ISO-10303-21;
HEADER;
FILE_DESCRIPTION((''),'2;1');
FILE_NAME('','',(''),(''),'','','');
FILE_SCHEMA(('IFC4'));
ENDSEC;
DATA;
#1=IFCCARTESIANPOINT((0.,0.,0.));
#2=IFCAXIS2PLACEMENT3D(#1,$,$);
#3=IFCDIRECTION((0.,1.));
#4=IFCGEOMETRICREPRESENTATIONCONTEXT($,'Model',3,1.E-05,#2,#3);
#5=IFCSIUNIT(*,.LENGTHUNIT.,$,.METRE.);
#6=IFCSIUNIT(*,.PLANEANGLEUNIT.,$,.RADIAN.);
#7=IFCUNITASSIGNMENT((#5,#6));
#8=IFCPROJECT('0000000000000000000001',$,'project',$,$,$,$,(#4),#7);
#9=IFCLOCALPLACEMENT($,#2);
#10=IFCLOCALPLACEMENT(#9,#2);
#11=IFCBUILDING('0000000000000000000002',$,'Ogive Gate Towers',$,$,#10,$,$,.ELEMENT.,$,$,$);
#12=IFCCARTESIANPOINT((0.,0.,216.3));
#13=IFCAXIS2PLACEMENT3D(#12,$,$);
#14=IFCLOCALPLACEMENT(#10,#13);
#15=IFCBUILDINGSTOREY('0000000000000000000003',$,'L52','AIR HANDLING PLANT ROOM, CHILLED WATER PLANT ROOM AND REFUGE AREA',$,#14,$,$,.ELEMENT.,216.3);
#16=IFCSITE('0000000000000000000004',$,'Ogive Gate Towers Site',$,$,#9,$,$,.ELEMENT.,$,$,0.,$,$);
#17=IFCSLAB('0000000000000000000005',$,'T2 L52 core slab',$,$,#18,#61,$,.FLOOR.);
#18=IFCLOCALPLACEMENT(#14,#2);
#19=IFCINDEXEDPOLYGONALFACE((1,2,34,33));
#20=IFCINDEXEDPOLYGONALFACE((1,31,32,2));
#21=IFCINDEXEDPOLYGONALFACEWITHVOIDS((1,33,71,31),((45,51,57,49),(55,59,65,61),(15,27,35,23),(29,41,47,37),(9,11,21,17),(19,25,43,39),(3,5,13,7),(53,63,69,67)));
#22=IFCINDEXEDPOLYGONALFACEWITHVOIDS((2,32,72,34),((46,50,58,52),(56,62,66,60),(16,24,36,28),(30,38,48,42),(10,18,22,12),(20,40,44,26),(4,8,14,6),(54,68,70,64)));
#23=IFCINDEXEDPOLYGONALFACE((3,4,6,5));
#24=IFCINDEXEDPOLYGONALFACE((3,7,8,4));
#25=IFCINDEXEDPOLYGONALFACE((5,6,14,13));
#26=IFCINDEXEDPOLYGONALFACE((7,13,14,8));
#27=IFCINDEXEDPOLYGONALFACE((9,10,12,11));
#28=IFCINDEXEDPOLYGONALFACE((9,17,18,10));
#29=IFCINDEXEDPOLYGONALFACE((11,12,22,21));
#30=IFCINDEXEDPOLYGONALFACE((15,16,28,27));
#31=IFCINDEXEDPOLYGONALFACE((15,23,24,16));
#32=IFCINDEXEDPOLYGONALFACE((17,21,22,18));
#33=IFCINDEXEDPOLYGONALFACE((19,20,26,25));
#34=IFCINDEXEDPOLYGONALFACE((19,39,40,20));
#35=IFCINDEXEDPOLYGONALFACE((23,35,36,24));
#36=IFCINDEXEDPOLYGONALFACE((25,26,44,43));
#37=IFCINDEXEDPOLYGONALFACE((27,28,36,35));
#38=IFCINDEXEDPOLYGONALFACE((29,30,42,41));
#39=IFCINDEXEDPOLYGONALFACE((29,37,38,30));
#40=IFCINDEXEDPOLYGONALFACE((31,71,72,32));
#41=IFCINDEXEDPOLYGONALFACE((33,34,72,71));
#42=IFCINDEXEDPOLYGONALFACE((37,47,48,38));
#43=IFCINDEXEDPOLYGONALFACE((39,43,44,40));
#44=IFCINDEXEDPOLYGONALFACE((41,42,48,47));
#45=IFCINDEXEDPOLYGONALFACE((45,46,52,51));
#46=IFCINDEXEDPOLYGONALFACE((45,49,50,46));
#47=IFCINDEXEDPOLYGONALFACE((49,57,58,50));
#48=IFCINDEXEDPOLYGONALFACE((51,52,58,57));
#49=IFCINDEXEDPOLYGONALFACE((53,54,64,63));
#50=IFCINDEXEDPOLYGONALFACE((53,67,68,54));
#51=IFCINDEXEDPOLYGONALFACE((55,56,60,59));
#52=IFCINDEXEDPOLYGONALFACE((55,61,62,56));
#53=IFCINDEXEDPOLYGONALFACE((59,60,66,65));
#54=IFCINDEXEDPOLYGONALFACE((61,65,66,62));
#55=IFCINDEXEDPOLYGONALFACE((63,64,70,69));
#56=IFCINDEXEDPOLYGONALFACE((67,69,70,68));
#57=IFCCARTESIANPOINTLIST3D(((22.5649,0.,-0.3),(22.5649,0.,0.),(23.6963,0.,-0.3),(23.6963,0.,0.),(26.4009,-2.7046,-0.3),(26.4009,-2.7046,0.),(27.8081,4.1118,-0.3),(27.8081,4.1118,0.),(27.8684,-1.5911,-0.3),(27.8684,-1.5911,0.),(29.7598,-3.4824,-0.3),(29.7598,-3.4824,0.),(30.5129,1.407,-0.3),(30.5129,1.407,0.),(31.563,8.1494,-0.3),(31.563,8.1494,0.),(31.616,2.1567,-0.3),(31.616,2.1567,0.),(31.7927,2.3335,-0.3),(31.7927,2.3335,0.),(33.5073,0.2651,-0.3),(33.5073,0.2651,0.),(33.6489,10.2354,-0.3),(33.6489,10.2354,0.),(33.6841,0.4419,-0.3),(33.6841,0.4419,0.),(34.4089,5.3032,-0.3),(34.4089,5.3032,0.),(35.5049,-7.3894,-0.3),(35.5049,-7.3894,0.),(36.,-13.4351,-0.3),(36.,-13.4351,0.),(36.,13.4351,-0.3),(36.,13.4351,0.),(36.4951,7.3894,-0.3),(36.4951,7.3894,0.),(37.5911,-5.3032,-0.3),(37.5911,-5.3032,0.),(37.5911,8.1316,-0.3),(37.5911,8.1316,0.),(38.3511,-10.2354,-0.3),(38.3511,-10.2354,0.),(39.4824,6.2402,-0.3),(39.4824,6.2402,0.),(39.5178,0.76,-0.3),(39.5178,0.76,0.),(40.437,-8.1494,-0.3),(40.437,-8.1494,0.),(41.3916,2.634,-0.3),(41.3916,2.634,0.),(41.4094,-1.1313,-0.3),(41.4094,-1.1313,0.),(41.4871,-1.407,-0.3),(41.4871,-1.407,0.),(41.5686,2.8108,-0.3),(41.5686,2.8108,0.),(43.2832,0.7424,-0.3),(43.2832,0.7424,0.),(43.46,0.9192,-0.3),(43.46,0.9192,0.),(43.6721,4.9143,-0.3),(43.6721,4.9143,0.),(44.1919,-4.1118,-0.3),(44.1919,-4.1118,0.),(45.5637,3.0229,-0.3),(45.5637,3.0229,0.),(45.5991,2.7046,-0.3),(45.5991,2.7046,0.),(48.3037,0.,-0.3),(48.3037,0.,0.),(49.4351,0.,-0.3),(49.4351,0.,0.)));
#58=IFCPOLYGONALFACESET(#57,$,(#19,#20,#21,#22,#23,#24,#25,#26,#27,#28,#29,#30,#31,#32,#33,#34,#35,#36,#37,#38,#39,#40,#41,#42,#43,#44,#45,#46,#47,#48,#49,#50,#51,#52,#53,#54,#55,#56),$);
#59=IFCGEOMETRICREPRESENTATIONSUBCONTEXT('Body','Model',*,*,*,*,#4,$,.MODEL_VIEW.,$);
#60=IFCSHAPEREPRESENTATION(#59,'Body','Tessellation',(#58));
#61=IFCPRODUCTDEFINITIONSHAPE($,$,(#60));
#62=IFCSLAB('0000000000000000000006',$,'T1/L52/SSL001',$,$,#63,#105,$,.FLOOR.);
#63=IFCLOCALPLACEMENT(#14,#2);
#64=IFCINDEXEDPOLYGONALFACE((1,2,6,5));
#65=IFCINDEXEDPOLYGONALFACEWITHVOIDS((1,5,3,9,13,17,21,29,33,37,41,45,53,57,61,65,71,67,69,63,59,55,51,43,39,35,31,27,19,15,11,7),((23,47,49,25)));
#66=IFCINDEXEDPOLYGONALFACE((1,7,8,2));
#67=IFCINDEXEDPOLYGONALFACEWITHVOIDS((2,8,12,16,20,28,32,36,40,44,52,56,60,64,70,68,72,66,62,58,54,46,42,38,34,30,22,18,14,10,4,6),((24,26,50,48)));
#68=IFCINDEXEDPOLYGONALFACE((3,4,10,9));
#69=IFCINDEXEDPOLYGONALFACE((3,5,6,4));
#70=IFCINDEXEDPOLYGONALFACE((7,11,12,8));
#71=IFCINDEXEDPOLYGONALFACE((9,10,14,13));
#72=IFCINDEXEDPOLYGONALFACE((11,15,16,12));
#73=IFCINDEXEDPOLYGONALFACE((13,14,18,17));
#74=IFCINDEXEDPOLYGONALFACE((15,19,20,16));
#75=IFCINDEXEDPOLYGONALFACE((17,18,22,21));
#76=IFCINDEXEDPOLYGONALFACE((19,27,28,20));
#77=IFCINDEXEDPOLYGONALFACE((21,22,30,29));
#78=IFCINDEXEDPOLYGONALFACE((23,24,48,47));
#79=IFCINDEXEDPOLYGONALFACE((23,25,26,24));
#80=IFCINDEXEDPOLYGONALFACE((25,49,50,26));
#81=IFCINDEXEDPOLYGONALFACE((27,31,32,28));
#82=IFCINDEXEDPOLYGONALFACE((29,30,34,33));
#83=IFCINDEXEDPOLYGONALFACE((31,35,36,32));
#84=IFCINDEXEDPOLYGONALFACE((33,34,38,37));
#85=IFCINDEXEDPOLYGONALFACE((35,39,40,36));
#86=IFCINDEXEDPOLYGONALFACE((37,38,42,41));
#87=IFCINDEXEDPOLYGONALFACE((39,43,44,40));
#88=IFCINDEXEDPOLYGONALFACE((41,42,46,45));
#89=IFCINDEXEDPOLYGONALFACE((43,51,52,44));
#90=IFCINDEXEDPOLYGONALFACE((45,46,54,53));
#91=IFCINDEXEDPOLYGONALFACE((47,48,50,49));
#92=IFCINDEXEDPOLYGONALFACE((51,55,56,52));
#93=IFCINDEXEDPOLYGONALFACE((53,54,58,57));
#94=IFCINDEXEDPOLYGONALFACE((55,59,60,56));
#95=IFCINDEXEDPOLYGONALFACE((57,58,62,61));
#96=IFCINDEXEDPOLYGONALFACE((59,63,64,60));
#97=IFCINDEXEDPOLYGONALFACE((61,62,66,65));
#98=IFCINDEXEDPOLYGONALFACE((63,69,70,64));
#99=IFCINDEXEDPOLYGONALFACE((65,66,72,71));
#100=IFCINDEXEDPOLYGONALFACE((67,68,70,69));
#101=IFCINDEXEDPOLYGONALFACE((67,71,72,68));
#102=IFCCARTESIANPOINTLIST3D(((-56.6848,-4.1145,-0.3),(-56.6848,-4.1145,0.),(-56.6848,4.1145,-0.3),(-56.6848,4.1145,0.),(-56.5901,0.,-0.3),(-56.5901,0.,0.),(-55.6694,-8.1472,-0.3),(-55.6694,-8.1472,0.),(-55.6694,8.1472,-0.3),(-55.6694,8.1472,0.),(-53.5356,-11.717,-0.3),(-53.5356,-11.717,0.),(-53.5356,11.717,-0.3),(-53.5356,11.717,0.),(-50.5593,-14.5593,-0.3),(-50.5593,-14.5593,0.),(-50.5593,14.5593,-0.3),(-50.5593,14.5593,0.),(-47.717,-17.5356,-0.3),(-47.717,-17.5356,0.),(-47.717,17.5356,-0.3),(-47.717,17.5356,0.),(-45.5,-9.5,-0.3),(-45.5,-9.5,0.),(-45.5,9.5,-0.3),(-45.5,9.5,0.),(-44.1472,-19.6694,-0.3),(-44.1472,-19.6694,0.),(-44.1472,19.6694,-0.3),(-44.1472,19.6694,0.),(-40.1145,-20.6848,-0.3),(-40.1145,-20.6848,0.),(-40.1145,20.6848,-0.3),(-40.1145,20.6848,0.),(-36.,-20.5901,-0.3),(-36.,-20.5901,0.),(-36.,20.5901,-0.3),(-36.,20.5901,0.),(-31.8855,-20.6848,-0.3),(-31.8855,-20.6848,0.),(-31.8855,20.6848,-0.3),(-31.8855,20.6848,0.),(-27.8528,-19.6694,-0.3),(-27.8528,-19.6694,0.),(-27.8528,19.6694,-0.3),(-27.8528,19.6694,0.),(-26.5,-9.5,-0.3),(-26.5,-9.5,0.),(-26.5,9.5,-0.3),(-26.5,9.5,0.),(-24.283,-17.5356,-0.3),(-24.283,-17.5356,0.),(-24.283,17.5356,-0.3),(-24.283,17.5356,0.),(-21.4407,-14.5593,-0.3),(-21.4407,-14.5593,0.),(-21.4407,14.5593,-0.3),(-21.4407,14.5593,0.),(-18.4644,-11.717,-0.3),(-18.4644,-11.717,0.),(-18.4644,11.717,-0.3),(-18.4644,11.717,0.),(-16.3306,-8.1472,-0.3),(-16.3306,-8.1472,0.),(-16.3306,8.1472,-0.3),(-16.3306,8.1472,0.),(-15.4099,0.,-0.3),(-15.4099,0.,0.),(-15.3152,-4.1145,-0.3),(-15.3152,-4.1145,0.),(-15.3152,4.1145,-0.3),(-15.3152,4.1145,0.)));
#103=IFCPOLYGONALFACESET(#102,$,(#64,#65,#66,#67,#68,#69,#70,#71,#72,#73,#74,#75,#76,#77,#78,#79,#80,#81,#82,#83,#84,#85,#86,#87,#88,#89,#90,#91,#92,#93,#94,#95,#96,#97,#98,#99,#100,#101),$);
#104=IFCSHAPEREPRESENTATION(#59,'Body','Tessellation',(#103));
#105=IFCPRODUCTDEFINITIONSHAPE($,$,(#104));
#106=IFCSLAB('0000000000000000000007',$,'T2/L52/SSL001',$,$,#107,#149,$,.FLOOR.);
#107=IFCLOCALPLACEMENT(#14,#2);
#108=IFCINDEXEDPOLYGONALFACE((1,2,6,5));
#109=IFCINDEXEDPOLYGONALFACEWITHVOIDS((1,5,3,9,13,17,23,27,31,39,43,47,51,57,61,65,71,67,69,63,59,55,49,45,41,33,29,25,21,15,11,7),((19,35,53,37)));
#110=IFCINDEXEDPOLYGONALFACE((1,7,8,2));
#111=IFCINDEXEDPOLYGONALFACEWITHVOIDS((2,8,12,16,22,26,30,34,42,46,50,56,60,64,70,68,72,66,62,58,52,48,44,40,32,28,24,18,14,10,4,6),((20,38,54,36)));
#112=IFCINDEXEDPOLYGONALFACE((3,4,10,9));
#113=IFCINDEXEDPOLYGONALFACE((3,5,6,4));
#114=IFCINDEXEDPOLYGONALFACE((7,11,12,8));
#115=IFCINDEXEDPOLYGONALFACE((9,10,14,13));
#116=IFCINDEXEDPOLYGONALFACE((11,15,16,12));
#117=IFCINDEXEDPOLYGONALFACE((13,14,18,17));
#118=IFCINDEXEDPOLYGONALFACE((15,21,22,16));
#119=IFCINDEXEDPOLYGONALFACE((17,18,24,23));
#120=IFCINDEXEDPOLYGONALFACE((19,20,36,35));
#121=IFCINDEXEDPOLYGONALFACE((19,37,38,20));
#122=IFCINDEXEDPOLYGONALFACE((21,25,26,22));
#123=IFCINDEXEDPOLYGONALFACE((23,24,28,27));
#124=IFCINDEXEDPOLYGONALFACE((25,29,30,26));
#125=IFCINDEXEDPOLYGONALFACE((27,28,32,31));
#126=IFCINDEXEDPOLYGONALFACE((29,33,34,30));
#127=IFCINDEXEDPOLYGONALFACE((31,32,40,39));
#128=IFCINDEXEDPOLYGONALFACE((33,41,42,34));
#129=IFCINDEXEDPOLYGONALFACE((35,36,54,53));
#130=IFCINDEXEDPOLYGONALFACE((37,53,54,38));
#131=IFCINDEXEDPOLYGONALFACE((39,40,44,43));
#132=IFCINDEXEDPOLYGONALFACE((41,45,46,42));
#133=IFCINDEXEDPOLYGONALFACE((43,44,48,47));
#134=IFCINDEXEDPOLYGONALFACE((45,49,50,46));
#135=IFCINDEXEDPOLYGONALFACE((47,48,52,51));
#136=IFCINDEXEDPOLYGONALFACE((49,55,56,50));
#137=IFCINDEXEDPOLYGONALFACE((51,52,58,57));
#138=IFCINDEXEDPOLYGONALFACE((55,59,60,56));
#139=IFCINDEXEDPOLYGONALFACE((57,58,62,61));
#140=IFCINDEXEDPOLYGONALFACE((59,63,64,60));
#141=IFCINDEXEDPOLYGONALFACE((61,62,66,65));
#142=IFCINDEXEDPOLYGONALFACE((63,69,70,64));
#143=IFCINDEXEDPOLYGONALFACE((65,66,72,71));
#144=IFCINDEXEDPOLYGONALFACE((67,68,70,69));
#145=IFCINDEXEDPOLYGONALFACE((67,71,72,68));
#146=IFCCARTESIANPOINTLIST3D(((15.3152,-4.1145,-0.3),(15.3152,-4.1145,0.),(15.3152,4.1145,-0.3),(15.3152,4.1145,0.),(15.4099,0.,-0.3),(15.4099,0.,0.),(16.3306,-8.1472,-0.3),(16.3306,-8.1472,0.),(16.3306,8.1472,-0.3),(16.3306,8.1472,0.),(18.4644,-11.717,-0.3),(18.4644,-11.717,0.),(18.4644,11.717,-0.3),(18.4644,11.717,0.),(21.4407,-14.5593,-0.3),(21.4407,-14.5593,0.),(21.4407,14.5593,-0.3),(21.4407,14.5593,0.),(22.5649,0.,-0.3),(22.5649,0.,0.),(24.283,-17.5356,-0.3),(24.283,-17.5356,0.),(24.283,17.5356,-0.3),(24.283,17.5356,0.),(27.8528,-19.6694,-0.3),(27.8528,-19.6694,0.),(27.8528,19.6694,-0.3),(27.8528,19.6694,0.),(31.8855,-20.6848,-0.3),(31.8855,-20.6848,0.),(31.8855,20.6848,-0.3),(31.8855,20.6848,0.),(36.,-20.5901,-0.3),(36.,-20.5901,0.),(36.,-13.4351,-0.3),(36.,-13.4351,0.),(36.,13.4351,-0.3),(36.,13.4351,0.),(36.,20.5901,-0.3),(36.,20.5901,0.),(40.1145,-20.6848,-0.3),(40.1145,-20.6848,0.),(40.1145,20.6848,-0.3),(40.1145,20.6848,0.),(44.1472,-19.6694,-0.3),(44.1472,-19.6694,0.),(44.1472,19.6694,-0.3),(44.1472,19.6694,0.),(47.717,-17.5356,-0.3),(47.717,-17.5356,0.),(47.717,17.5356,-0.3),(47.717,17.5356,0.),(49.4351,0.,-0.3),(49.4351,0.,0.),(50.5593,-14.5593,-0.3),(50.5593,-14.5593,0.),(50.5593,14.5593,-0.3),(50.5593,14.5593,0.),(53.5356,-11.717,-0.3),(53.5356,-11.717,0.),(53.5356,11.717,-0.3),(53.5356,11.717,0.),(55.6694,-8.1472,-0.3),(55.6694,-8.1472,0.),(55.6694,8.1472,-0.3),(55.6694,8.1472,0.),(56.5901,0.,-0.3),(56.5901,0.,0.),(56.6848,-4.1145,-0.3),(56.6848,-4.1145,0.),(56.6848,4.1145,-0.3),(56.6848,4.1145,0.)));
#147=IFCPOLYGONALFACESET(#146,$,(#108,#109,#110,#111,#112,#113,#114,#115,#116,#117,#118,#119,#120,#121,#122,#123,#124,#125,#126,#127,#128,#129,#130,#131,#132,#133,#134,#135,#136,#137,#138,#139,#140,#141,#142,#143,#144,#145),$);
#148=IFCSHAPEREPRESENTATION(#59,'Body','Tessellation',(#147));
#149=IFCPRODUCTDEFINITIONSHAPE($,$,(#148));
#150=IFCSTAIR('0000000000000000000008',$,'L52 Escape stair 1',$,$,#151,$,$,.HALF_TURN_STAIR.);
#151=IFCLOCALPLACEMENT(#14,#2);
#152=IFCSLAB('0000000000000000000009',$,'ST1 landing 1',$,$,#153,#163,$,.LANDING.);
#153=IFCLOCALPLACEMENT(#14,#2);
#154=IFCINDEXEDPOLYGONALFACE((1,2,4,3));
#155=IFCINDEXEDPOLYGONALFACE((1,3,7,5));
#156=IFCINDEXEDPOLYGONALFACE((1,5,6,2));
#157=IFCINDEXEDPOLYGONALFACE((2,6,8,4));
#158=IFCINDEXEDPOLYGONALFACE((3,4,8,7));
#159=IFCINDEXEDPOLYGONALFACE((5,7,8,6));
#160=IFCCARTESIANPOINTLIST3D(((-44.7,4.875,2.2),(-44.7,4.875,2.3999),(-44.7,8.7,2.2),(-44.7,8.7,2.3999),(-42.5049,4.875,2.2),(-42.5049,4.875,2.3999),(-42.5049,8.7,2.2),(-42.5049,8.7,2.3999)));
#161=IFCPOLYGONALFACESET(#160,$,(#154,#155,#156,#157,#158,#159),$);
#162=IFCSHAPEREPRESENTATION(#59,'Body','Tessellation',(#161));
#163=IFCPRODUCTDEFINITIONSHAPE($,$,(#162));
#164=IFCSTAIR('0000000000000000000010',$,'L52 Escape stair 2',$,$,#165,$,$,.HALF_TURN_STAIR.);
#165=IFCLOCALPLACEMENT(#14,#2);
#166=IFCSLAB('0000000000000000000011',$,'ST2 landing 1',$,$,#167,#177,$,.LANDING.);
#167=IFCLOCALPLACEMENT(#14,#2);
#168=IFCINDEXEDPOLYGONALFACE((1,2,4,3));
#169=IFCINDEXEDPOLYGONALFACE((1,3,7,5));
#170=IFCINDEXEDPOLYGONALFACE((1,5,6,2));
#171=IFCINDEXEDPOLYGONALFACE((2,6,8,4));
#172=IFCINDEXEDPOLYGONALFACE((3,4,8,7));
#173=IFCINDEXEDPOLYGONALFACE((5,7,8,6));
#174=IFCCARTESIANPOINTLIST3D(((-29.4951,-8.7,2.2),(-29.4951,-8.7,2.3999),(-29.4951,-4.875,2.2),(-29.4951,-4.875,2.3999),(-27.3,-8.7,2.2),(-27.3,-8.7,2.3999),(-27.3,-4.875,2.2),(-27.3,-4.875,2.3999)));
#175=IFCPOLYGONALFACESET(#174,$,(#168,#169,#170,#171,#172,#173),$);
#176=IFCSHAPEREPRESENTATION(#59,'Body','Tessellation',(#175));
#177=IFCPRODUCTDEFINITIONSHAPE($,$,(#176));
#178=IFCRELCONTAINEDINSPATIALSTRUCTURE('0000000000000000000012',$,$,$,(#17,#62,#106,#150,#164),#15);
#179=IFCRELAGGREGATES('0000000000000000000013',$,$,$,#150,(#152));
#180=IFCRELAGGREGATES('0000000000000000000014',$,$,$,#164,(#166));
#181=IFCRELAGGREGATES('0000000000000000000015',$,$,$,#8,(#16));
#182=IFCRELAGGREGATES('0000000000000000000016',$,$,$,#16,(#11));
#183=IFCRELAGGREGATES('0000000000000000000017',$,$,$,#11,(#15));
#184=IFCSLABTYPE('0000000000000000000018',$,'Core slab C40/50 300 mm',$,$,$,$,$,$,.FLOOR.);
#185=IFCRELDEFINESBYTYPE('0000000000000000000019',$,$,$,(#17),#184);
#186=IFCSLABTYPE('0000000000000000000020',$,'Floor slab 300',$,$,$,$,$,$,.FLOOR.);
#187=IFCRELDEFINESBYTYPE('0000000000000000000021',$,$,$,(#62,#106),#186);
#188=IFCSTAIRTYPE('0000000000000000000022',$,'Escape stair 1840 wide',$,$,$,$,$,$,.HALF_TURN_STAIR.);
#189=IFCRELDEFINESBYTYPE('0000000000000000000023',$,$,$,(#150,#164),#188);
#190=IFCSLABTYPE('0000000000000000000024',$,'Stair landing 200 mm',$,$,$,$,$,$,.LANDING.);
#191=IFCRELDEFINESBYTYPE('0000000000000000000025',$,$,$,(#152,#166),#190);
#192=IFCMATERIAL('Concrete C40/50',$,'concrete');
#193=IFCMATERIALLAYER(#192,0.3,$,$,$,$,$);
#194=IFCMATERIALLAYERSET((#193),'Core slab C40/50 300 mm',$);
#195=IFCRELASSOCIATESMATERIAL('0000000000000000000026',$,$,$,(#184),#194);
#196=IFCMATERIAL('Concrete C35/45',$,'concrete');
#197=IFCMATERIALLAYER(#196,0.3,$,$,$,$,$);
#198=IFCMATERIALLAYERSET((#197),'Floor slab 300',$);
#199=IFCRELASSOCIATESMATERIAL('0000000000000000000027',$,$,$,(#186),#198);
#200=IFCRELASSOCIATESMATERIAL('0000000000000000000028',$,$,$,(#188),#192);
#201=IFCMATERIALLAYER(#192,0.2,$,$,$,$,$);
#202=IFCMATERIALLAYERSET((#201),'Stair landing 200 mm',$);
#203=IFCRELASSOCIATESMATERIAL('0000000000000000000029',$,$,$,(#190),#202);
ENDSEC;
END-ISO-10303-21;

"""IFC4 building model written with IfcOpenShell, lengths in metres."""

from ifc_helpers import new_model, si_unit, direction, frame, origin, place, context, subcontext, project, spatial, polyline, outline, extrude, material, layer, layer_set, type_object, element, aggregate, save


model = new_model("IFC4")

# Units and contexts
model_context = context("Model", 3, precision=1e-05, world=origin(), true_north=direction((0.0, 1.0)))
body_context = subcontext(model_context, "Body", "Model", "MODEL_VIEW")
ifc_project = project(units=[si_unit("LENGTHUNIT", "METRE"), si_unit("PLANEANGLEUNIT", "RADIAN")], contexts=[model_context])

# Site, building, storey
site_placement = place(None, origin())
site = spatial("IfcSite", under=ifc_project, at=site_placement, Name="Ogive Gate Towers Site", CompositionType="ELEMENT", RefElevation=0.0)
building_placement = place(site_placement, origin())
building = spatial("IfcBuilding", under=site, at=building_placement, Name="Ogive Gate Towers", CompositionType="ELEMENT")
storey_placement = place(building_placement, frame((0.0, 0.0, 216.3)))
storey = spatial("IfcBuildingStorey", under=building, at=storey_placement, Name="L52", Description="AIR HANDLING PLANT ROOM, CHILLED WATER PLANT ROOM AND REFUGE AREA", CompositionType="ELEMENT", Elevation=216.3)

# Slabs
ifc_material_1 = material(Name="Concrete C40/50", Category="concrete")
ifc_layer_1 = layer(ifc_material_1, 0.3)
ifc_layer_set_1 = layer_set([ifc_layer_1], Name="Core slab C40/50 300 mm")
slab_type_1 = type_object("IfcSlabType", Name="Core slab C40/50 300 mm", PredefinedType="FLOOR", material=ifc_layer_set_1)
slab_1_placement = place(storey_placement, frame((0.0, 0.0, -0.3)))
element("IfcSlab", 1, at=slab_1_placement, inside=storey, type_object=slab_type_1, Name="T2 L52 core slab", PredefinedType="FLOOR", context=body_context, shape_type="SweptSolid", body=[
    extrude(outline(polyline([(36.0, -13.4351), (22.5649, 0.0), (36.0, 13.4351), (49.4351, 0.0), (36.0, -13.4351)]), holes=[polyline([(29.7598, -3.4824), (33.5073, 0.2651), (31.616, 2.1567), (27.8684, -1.5911), (29.7598, -3.4824)]), polyline([(31.7927, 2.3335), (33.6841, 0.4419), (39.4824, 6.2402), (37.5911, 8.1316), (31.7927, 2.3335)]), polyline([(41.3916, 2.634), (39.5178, 0.76), (41.4094, -1.1313), (43.2832, 0.7424), (41.3916, 2.634)]), polyline([(45.5637, 3.0229), (43.6721, 4.9143), (41.5686, 2.8108), (43.46, 0.9192), (45.5637, 3.0229)]), polyline([(34.4089, 5.3032), (36.4951, 7.3894), (33.6489, 10.2354), (31.563, 8.1494), (34.4089, 5.3032)]), polyline([(35.5049, -7.3894), (38.3511, -10.2354), (40.437, -8.1494), (37.5911, -5.3032), (35.5049, -7.3894)]), polyline([(26.4009, -2.7046), (30.5129, 1.407), (27.8081, 4.1118), (23.6963, 0.0), (26.4009, -2.7046)]), polyline([(48.3037, 0.0), (45.5991, 2.7046), (41.4871, -1.407), (44.1919, -4.1118), (48.3037, 0.0)])]), origin(), (0.0, 0.0, 1.0), 0.3),
])
ifc_material_2 = material(Name="Concrete C35/45", Category="concrete")
ifc_layer_2 = layer(ifc_material_2, 0.3)
ifc_layer_set_2 = layer_set([ifc_layer_2], Name="Floor slab 300")
slab_type_2 = type_object("IfcSlabType", Name="Floor slab 300", PredefinedType="FLOOR", material=ifc_layer_set_2)
slab_2_placement = place(storey_placement, frame((0.0, 0.0, -0.3)))
element("IfcSlab", 2, at=slab_2_placement, inside=storey, type_object=slab_type_2, Name="T1/L52/SSL001", PredefinedType="FLOOR", context=body_context, shape_type="SweptSolid", body=[
    extrude(outline(polyline([(-15.3152, -4.1145), (-15.4099, 0.0), (-15.3152, 4.1145), (-16.3306, 8.1472), (-18.4644, 11.717), (-21.4407, 14.5593), (-24.283, 17.5356), (-27.8528, 19.6694), (-31.8855, 20.6848), (-36.0, 20.5901), (-40.1145, 20.6848), (-44.1472, 19.6694), (-47.717, 17.5356), (-50.5593, 14.5593), (-53.5356, 11.717), (-55.6694, 8.1472), (-56.6848, 4.1145), (-56.5901, 0.0), (-56.6848, -4.1145), (-55.6694, -8.1472), (-53.5356, -11.717), (-50.5593, -14.5593), (-47.717, -17.5356), (-44.1472, -19.6694), (-40.1145, -20.6848), (-36.0, -20.5901), (-31.8855, -20.6848), (-27.8528, -19.6694), (-24.283, -17.5356), (-21.4407, -14.5593), (-18.4644, -11.717), (-16.3306, -8.1472), (-15.3152, -4.1145)]), holes=[polyline([(-26.5, -9.5), (-45.5, -9.5), (-45.5, 9.5), (-26.5, 9.5), (-26.5, -9.5)])]), origin(), (0.0, 0.0, 1.0), 0.3),
])
slab_3_placement = place(storey_placement, frame((0.0, 0.0, -0.3)))
element("IfcSlab", 3, at=slab_3_placement, inside=storey, type_object=slab_type_2, Name="T2/L52/SSL001", PredefinedType="FLOOR", context=body_context, shape_type="SweptSolid", body=[
    extrude(outline(polyline([(56.6848, -4.1145), (56.5901, 0.0), (56.6848, 4.1145), (55.6694, 8.1472), (53.5356, 11.717), (50.5593, 14.5593), (47.717, 17.5356), (44.1472, 19.6694), (40.1145, 20.6848), (36.0, 20.5901), (31.8855, 20.6848), (27.8528, 19.6694), (24.283, 17.5356), (21.4407, 14.5593), (18.4644, 11.717), (16.3306, 8.1472), (15.3152, 4.1145), (15.4099, 0.0), (15.3152, -4.1145), (16.3306, -8.1472), (18.4644, -11.717), (21.4407, -14.5593), (24.283, -17.5356), (27.8528, -19.6694), (31.8855, -20.6848), (36.0, -20.5901), (40.1145, -20.6848), (44.1472, -19.6694), (47.717, -17.5356), (50.5593, -14.5593), (53.5356, -11.717), (55.6694, -8.1472), (56.6848, -4.1145)]), holes=[polyline([(49.4351, 0.0), (36.0, -13.4351), (22.5649, 0.0), (36.0, 13.4351), (49.4351, 0.0)])]), origin(), (0.0, 0.0, 1.0), 0.3),
])

# Stairs, slabs
stair_type = type_object("IfcStairType", Name="Escape stair 1840 wide", PredefinedType="HALF_TURN_STAIR", material=ifc_material_1)
stair_1_placement = place(storey_placement, origin())
stair_1 = element("IfcStair", 4, at=stair_1_placement, inside=storey, type_object=stair_type, Name="L52 Escape stair 1", PredefinedType="HALF_TURN_STAIR")
ifc_layer_3 = layer(ifc_material_1, 0.2)
ifc_layer_set_3 = layer_set([ifc_layer_3], Name="Stair landing 200 mm")
slab_type_3 = type_object("IfcSlabType", Name="Stair landing 200 mm", PredefinedType="LANDING", material=ifc_layer_set_3)
slab_4_placement = place(storey_placement, frame((0.0, 0.0, 2.2)))
slab_4 = element("IfcSlab", 5, at=slab_4_placement, type_object=slab_type_3, Name="ST1 landing 1", PredefinedType="LANDING", context=body_context, shape_type="SweptSolid", body=[
    extrude(outline(polyline([(-42.5049, 8.7), (-44.7, 8.7), (-44.7, 4.875), (-42.5049, 4.875), (-42.5049, 8.7)])), origin(), (0.0, 0.0, 1.0), 0.2),
])
aggregate(stair_1, [slab_4])
stair_2_placement = place(storey_placement, origin())
stair_2 = element("IfcStair", 6, at=stair_2_placement, inside=storey, type_object=stair_type, Name="L52 Escape stair 2", PredefinedType="HALF_TURN_STAIR")
slab_5_placement = place(storey_placement, frame((0.0, 0.0, 2.2)))
slab_5 = element("IfcSlab", 7, at=slab_5_placement, type_object=slab_type_3, Name="ST2 landing 1", PredefinedType="LANDING", context=body_context, shape_type="SweptSolid", body=[
    extrude(outline(polyline([(-29.4951, -8.7), (-27.3, -8.7), (-27.3, -4.875), (-29.4951, -4.875), (-29.4951, -8.7)])), origin(), (0.0, 0.0, 1.0), 0.2),
])
aggregate(stair_2, [slab_5])

save(model, "model.ifc")
